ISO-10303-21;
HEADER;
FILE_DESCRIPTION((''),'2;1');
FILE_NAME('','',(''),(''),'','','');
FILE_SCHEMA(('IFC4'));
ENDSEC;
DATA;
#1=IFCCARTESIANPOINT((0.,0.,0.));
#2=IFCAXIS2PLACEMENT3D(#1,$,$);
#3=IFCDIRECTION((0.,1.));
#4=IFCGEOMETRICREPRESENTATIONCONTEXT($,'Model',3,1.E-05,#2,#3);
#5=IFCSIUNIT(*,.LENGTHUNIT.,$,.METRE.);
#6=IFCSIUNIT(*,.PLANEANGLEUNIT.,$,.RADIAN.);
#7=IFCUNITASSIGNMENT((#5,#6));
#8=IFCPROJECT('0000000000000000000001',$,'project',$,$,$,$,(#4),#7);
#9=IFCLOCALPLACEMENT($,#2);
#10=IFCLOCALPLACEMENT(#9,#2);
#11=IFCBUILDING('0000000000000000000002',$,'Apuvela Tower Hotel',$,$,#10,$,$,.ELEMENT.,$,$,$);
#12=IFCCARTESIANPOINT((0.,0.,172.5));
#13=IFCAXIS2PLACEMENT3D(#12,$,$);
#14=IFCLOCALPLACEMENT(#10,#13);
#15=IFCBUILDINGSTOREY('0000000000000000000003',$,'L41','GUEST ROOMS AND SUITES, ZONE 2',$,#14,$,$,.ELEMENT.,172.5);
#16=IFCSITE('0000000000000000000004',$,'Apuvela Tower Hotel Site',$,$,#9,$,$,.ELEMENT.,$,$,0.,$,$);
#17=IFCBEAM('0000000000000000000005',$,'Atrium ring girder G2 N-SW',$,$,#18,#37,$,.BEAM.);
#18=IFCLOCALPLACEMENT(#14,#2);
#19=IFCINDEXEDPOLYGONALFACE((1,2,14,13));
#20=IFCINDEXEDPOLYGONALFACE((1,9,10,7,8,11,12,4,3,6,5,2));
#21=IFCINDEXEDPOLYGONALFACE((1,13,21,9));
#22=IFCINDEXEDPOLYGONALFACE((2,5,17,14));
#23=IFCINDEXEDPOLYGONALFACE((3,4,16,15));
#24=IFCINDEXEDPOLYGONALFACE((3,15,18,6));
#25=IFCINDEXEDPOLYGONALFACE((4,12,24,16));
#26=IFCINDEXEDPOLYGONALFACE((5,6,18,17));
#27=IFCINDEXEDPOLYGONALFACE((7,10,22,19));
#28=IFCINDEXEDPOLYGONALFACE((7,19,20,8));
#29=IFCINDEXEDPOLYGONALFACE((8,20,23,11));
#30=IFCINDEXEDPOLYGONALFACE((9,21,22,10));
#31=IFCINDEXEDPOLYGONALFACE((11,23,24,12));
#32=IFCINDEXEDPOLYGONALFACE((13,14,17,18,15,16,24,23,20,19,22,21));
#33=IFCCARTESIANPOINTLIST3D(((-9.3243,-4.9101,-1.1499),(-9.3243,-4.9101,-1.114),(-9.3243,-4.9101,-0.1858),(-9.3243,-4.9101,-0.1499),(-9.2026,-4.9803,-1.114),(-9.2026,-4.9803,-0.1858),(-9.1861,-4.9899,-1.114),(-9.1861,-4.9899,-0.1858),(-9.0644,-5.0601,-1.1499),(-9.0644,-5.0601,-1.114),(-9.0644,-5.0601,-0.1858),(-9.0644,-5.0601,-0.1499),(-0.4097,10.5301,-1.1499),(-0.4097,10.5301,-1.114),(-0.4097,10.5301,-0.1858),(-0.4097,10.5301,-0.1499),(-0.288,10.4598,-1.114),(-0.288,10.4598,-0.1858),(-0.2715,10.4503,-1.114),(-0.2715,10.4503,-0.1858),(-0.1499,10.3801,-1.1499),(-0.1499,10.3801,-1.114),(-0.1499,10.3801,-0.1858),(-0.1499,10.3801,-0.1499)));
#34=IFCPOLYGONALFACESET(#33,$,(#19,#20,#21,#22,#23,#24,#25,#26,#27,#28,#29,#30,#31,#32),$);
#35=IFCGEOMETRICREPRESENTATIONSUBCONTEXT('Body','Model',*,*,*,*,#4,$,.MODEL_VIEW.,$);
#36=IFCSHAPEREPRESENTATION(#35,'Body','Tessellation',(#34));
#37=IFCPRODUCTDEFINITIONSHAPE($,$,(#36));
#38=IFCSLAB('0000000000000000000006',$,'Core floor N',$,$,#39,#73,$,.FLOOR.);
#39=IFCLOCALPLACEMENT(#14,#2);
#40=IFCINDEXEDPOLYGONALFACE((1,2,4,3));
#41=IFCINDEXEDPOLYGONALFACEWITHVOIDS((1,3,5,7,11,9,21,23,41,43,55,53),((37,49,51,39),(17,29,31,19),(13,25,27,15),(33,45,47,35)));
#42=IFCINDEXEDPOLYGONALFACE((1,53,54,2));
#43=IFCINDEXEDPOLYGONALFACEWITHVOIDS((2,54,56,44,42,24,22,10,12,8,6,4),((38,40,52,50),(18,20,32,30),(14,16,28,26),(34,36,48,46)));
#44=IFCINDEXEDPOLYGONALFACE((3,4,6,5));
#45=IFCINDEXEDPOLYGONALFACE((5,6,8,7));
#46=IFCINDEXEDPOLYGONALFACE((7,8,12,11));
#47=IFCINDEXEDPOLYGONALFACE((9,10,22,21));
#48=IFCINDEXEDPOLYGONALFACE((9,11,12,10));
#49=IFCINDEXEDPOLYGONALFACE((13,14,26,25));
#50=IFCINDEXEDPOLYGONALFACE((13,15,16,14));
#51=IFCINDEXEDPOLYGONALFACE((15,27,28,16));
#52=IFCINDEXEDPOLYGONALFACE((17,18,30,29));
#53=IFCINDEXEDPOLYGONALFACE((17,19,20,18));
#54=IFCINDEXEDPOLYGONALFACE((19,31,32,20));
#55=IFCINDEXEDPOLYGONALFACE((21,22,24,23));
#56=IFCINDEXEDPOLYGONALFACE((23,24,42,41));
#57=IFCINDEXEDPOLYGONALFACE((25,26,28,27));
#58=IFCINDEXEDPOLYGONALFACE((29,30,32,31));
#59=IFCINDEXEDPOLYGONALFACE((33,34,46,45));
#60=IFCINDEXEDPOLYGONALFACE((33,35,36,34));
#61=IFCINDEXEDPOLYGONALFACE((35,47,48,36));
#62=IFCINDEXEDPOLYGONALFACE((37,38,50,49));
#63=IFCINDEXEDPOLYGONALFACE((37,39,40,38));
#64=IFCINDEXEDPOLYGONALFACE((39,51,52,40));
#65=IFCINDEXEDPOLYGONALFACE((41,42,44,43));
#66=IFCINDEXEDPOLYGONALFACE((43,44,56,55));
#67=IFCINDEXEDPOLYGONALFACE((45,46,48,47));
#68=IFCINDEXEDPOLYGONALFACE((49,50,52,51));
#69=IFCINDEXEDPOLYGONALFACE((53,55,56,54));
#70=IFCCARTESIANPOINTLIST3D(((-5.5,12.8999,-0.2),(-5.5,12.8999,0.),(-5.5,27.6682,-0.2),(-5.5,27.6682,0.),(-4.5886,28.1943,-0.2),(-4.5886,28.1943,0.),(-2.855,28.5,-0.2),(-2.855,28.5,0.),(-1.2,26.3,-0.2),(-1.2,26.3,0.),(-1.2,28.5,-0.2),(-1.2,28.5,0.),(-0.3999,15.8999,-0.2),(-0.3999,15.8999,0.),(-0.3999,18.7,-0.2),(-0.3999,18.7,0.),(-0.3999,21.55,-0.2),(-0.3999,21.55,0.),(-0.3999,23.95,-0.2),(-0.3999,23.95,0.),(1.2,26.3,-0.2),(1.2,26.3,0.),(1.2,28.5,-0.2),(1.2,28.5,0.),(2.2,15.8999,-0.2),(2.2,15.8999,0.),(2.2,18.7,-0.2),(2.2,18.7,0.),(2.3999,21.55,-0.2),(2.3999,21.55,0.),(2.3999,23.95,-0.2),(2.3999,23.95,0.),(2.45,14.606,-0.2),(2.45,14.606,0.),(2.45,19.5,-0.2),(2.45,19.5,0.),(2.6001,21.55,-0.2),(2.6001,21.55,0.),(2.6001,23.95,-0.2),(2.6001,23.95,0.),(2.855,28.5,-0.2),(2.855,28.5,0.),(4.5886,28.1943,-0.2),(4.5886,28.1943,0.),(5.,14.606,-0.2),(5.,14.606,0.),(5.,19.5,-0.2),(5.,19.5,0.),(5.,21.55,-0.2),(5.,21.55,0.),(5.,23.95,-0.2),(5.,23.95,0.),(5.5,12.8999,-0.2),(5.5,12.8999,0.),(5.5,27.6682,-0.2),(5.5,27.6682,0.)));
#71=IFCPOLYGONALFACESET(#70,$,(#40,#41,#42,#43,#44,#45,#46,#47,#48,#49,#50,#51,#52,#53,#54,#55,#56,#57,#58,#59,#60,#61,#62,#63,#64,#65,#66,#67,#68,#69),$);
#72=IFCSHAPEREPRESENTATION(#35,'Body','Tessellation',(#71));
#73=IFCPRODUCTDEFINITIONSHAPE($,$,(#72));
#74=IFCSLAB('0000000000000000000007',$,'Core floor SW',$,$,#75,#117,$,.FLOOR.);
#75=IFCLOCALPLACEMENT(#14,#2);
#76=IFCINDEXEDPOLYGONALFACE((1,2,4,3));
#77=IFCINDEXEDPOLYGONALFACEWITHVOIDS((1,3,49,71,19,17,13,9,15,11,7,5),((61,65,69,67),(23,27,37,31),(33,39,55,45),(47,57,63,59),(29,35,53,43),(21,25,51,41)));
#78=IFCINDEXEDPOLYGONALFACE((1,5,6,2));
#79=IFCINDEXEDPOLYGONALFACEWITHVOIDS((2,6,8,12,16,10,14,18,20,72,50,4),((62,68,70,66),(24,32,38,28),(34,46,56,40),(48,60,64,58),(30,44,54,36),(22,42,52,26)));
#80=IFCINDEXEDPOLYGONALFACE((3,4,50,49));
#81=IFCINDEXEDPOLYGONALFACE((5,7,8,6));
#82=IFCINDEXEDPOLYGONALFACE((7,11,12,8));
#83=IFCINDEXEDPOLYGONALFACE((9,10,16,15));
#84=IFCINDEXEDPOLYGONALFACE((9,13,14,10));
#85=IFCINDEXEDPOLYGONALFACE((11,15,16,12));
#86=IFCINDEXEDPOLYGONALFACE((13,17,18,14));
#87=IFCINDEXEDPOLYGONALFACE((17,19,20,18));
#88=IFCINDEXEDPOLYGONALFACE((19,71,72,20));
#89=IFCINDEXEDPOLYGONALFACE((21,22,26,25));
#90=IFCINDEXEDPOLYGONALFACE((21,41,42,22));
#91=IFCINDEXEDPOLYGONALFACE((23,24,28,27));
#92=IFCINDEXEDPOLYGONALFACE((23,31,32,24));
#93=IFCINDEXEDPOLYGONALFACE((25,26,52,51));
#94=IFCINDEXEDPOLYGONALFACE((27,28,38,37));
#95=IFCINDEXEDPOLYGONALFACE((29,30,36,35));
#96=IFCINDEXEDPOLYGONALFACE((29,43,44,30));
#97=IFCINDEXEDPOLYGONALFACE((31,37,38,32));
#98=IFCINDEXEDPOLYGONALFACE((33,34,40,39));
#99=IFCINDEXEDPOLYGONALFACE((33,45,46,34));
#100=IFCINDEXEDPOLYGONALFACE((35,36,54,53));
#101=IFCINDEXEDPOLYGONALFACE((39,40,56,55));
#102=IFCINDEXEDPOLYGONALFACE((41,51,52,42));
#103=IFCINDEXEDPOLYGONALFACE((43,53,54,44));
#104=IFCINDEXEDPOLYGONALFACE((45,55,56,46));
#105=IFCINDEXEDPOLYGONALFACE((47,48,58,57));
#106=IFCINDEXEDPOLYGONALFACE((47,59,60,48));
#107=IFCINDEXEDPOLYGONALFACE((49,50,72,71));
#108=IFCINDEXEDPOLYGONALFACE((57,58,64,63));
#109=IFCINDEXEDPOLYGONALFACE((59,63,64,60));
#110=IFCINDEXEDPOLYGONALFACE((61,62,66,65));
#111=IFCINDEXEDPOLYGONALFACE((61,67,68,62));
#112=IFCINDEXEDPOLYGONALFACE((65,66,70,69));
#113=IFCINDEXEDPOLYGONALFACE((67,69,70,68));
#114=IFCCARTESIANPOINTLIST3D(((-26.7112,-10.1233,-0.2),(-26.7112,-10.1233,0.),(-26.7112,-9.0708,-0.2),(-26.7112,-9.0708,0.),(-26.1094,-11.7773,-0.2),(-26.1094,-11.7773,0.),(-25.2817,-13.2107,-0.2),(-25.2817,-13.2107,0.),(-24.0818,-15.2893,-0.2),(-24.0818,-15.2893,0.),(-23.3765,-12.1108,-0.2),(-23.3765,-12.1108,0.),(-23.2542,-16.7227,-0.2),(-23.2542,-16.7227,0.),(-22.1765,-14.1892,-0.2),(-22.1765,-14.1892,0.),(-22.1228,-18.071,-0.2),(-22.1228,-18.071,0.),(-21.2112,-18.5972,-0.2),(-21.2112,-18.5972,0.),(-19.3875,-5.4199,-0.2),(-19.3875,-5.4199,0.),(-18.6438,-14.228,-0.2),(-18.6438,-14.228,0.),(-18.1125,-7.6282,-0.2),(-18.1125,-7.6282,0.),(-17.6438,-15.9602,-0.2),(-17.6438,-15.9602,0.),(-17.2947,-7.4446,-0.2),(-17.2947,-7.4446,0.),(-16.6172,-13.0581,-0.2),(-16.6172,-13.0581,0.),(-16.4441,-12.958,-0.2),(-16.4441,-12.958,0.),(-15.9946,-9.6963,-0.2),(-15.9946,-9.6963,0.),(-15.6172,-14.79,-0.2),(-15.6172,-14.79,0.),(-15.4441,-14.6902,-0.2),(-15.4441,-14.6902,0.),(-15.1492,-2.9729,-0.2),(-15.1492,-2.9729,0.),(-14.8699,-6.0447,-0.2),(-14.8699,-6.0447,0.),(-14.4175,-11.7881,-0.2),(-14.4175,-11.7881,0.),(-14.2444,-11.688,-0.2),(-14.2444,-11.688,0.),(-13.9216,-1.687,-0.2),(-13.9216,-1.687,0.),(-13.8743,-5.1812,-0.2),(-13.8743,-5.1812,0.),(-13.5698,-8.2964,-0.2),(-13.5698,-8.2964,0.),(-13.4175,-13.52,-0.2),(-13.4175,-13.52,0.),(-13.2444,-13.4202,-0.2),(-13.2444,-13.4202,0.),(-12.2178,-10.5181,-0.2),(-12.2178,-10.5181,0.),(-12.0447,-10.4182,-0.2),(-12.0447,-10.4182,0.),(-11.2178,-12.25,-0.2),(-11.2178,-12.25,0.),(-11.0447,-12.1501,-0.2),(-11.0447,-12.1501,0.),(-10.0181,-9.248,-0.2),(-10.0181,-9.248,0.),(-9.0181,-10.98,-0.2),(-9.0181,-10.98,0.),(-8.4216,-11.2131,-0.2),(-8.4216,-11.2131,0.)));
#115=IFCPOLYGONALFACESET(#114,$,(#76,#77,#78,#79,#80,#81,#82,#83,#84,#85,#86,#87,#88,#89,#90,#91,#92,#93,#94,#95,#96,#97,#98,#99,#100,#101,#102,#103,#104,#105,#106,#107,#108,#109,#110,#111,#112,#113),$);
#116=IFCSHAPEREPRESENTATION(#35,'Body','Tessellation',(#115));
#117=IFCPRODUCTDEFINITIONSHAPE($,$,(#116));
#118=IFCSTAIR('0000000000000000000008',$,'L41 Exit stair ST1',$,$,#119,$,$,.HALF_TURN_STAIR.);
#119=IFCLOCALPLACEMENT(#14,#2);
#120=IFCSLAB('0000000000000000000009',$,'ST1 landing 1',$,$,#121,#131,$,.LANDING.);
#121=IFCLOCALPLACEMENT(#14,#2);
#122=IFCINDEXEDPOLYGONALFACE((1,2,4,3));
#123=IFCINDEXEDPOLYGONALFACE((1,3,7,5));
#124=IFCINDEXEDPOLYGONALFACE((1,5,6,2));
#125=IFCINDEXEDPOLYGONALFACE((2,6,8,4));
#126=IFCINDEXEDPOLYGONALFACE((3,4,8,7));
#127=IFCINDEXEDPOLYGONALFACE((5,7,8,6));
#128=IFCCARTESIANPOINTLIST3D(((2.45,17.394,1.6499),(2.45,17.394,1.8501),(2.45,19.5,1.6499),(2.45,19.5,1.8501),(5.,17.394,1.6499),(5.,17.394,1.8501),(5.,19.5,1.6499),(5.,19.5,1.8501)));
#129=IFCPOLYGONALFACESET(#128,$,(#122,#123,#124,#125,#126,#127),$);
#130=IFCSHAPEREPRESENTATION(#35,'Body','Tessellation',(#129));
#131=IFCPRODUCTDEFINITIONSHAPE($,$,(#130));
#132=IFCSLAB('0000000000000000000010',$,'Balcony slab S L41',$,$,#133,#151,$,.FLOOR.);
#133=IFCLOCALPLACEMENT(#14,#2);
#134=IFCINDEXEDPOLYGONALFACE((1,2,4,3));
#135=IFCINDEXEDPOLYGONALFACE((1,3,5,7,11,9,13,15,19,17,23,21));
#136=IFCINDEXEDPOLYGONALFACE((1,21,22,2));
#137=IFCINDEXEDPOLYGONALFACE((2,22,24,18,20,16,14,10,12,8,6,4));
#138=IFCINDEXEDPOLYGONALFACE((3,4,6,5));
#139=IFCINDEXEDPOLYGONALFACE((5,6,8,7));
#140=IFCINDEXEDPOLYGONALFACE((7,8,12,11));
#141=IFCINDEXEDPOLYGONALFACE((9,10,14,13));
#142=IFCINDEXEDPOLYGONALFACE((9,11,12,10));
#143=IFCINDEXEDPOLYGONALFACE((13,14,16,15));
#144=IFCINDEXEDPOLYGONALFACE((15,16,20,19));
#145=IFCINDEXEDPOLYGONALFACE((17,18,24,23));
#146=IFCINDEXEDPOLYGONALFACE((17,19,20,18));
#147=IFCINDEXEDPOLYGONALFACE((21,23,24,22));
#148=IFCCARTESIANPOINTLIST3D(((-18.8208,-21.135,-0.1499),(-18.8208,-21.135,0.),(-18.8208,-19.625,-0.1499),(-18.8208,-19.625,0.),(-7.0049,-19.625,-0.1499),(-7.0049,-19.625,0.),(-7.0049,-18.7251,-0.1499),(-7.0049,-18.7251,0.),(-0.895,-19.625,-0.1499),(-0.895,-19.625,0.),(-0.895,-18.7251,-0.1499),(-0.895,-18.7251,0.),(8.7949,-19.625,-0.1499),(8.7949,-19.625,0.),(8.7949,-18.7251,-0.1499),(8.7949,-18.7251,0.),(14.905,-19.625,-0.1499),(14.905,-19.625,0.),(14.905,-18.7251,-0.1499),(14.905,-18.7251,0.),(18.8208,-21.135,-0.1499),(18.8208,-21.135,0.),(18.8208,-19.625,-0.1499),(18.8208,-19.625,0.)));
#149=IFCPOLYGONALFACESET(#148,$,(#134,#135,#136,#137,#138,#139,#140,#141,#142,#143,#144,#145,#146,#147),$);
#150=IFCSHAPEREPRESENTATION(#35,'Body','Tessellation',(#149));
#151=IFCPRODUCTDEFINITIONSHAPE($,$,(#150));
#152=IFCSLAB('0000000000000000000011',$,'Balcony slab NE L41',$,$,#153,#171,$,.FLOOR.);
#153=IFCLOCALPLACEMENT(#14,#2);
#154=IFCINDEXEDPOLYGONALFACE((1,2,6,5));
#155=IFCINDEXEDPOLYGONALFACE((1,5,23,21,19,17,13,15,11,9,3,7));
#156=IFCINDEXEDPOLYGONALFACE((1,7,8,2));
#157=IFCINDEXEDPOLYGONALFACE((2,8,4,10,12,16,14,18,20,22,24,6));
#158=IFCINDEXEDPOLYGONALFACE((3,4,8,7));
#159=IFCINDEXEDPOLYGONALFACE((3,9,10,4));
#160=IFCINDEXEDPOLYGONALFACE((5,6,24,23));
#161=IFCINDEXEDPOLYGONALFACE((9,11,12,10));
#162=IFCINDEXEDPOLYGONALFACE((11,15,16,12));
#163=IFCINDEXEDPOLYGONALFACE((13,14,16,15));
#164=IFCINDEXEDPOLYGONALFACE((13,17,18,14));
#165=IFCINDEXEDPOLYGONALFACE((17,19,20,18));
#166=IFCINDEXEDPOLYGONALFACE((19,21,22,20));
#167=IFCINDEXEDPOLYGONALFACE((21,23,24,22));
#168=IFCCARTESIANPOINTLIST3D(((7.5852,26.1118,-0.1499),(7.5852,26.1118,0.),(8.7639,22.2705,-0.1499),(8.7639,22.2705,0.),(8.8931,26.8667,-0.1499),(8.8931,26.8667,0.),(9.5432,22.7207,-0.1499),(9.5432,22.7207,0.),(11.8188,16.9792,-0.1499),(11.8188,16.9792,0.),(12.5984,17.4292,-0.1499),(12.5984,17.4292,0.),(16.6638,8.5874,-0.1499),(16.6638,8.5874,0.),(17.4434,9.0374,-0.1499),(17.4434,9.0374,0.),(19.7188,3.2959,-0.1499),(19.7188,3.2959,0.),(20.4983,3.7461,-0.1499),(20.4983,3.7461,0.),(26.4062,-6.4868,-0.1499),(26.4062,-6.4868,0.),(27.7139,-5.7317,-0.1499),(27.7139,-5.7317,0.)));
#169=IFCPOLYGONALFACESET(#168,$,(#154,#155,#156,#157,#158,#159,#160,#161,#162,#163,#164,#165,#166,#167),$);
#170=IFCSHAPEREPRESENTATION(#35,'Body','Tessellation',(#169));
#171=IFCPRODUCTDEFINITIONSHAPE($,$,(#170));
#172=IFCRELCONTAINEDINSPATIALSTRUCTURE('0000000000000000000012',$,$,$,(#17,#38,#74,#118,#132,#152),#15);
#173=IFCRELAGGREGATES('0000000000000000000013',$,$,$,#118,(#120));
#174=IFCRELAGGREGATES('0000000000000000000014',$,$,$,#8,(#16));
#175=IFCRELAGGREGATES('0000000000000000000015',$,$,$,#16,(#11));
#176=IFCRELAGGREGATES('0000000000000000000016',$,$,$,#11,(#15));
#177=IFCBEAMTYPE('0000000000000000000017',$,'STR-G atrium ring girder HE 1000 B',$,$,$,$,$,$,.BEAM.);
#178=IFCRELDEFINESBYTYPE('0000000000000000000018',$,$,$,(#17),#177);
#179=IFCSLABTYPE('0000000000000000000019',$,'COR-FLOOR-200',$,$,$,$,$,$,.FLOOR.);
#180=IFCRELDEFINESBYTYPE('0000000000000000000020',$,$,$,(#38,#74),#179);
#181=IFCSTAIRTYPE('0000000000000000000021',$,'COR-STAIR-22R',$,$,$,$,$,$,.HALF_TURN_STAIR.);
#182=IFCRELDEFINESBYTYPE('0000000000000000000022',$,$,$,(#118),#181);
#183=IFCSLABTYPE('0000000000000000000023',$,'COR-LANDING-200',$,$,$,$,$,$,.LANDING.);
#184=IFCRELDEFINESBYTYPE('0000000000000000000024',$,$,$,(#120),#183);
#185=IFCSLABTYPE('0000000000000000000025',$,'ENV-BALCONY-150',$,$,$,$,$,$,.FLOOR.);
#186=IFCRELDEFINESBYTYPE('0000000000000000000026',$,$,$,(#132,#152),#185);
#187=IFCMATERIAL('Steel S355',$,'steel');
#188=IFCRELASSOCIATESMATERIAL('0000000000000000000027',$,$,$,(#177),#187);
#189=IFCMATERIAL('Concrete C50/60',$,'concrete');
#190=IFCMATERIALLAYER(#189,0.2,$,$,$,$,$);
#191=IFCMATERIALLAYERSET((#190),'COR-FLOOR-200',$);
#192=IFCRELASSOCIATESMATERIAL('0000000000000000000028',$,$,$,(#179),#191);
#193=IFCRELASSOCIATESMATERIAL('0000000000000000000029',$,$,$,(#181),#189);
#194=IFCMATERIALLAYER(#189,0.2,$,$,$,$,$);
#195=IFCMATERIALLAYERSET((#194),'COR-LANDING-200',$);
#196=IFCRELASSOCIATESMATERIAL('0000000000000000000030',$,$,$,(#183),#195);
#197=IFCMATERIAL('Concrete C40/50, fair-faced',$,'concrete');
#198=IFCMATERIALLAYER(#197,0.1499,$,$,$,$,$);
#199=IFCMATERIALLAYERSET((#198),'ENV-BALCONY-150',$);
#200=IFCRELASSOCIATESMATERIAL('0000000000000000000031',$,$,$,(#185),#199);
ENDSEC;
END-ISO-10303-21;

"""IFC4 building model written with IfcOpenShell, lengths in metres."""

from ifc_helpers import new_model, si_unit, direction, frame, origin, origin_2d, place, context, subcontext, project, spatial, polyline, i_section, outline, extrude, material, layer, layer_set, material_profile, profile_set, type_object, element, aggregate, save


model = new_model("IFC4")

# Units and contexts
model_context = context("Model", 3, precision=1e-05, world=origin(), true_north=direction((0.0, 1.0)))
body_context = subcontext(model_context, "Body", "Model", "MODEL_VIEW")
ifc_project = project(units=[si_unit("LENGTHUNIT", "METRE"), si_unit("PLANEANGLEUNIT", "RADIAN")], contexts=[model_context])

# Site, building, storey
site_placement = place(None, origin())
site = spatial("IfcSite", under=ifc_project, at=site_placement, Name="Apuvela Tower Hotel Site", CompositionType="ELEMENT", RefElevation=0.0)
building_placement = place(site_placement, origin())
building = spatial("IfcBuilding", under=site, at=building_placement, Name="Apuvela Tower Hotel", CompositionType="ELEMENT")
storey_placement = place(building_placement, frame((0.0, 0.0, 172.5)))
storey = spatial("IfcBuildingStorey", under=building, at=storey_placement, Name="L41", Description="GUEST ROOMS AND SUITES, ZONE 2", CompositionType="ELEMENT", Elevation=172.5)

# Beam
ifc_material_1 = material(Name="Steel S355", Category="steel")
ifc_material_profile = material_profile(ifc_material_1, i_section(OverallWidth=0.3, OverallDepth=1.0, WebThickness=0.019, FlangeThickness=0.0359, at=origin_2d()), Name="HE 1000 B")
ifc_profile_set = profile_set([ifc_material_profile], Name="Steel S355")
beam_type = type_object("IfcBeamType", Name="STR-G atrium ring girder HE 1000 B", PredefinedType="BEAM", material=ifc_profile_set)
beam_placement = place(storey_placement, frame((-0.2798, 10.4551, -0.6499), z_axis=(-0.500007, -0.866022, 0.0), x_axis=(0.866022, -0.500007, 0.0)))
element("IfcBeam", 1, at=beam_placement, inside=storey, type_object=beam_type, Name="Atrium ring girder G2 N-SW", PredefinedType="BEAM", context=body_context, shape_type="SweptSolid", body=[
    extrude(i_section(OverallWidth=0.3, OverallDepth=1.0, WebThickness=0.019, FlangeThickness=0.0359, at=origin_2d()), origin(), (0.0, 0.0, 1.0), 17.8289),
])

# Slabs
ifc_material_2 = material(Name="Concrete C50/60", Category="concrete")
ifc_layer_1 = layer(ifc_material_2, 0.2)
ifc_layer_set_1 = layer_set([ifc_layer_1], Name="COR-FLOOR-200")
slab_type_1 = type_object("IfcSlabType", Name="COR-FLOOR-200", PredefinedType="FLOOR", material=ifc_layer_set_1)
slab_1_placement = place(storey_placement, frame((0.0, 0.0, -0.2)))
element("IfcSlab", 2, at=slab_1_placement, inside=storey, type_object=slab_type_1, Name="Core floor N", PredefinedType="FLOOR", context=body_context, shape_type="SweptSolid", body=[
    extrude(outline(polyline([(5.5, 27.6682), (4.5886, 28.1943), (2.855, 28.5), (1.2, 28.5), (1.2, 26.3), (-1.2, 26.3), (-1.2, 28.5), (-2.855, 28.5), (-4.5886, 28.1943), (-5.5, 27.6682), (-5.5, 12.8999), (5.5, 12.8999), (5.5, 27.6682)]), holes=[polyline([(5.0, 14.606), (2.45, 14.606), (2.45, 19.5), (5.0, 19.5), (5.0, 14.606)]), polyline([(2.2, 15.8999), (-0.3999, 15.8999), (-0.3999, 18.7), (2.2, 18.7), (2.2, 15.8999)]), polyline([(5.0, 21.55), (2.6001, 21.55), (2.6001, 23.95), (5.0, 23.95), (5.0, 21.55)]), polyline([(2.3999, 21.55), (-0.3999, 21.55), (-0.3999, 23.95), (2.3999, 23.95), (2.3999, 21.55)])]), origin(), (0.0, 0.0, 1.0), 0.2),
])
slab_2_placement = place(storey_placement, frame((0.0, 0.0, -0.2)))
element("IfcSlab", 3, at=slab_2_placement, inside=storey, type_object=slab_type_1, Name="Core floor SW", PredefinedType="FLOOR", context=body_context, shape_type="SweptSolid", body=[
    extrude(outline(polyline([(-26.7112, -9.0708), (-26.7112, -10.1233), (-26.1094, -11.7773), (-25.2817, -13.2107), (-23.3765, -12.1108), (-22.1765, -14.1892), (-24.0818, -15.2893), (-23.2542, -16.7227), (-22.1228, -18.071), (-21.2112, -18.5972), (-8.4216, -11.2131), (-13.9216, -1.687), (-26.7112, -9.0708)]), holes=[polyline([(-10.0181, -9.248), (-9.0181, -10.98), (-11.0447, -12.1501), (-12.0447, -10.4182), (-10.0181, -9.248)]), polyline([(-14.2444, -11.688), (-12.2178, -10.5181), (-11.2178, -12.25), (-13.2444, -13.4202), (-14.2444, -11.688)]), polyline([(-19.3875, -5.4199), (-15.1492, -2.9729), (-13.8743, -5.1812), (-18.1125, -7.6282), (-19.3875, -5.4199)]), polyline([(-14.8699, -6.0447), (-13.5698, -8.2964), (-15.9946, -9.6963), (-17.2947, -7.4446), (-14.8699, -6.0447)]), polyline([(-16.4441, -12.958), (-14.4175, -11.7881), (-13.4175, -13.52), (-15.4441, -14.6902), (-16.4441, -12.958)]), polyline([(-18.6438, -14.228), (-16.6172, -13.0581), (-15.6172, -14.79), (-17.6438, -15.9602), (-18.6438, -14.228)])]), origin(), (0.0, 0.0, 1.0), 0.2),
])

# Stair, slab
stair_type = type_object("IfcStairType", Name="COR-STAIR-22R", PredefinedType="HALF_TURN_STAIR", material=ifc_material_2)
stair_placement = place(storey_placement, origin())
stair = element("IfcStair", 4, at=stair_placement, inside=storey, type_object=stair_type, Name="L41 Exit stair ST1", PredefinedType="HALF_TURN_STAIR")
ifc_layer_2 = layer(ifc_material_2, 0.2)
ifc_layer_set_2 = layer_set([ifc_layer_2], Name="COR-LANDING-200")
slab_type_2 = type_object("IfcSlabType", Name="COR-LANDING-200", PredefinedType="LANDING", material=ifc_layer_set_2)
slab_3_placement = place(storey_placement, frame((0.0, 0.0, 1.6499)))
slab_3 = element("IfcSlab", 5, at=slab_3_placement, type_object=slab_type_2, Name="ST1 landing 1", PredefinedType="LANDING", context=body_context, shape_type="SweptSolid", body=[
    extrude(outline(polyline([(5.0, 17.394), (5.0, 19.5), (2.45, 19.5), (2.45, 17.394), (5.0, 17.394)])), origin(), (0.0, 0.0, 1.0), 0.2002),
])
aggregate(stair, [slab_3])

# Slabs
ifc_material_3 = material(Name="Concrete C40/50, fair-faced", Category="concrete")
ifc_layer_3 = layer(ifc_material_3, 0.1499)
ifc_layer_set_3 = layer_set([ifc_layer_3], Name="ENV-BALCONY-150")
slab_type_3 = type_object("IfcSlabType", Name="ENV-BALCONY-150", PredefinedType="FLOOR", material=ifc_layer_set_3)
slab_4_placement = place(storey_placement, frame((0.0, 0.0, -0.1499)))
element("IfcSlab", 6, at=slab_4_placement, inside=storey, type_object=slab_type_3, Name="Balcony slab S L41", PredefinedType="FLOOR", context=body_context, shape_type="SweptSolid", body=[
    extrude(outline(polyline([(18.8208, -21.135), (-18.8208, -21.135), (-18.8208, -19.625), (-7.0049, -19.625), (-7.0049, -18.7251), (-0.895, -18.7251), (-0.895, -19.625), (8.7949, -19.625), (8.7949, -18.7251), (14.905, -18.7251), (14.905, -19.625), (18.8208, -19.625), (18.8208, -21.135)])), origin(), (0.0, 0.0, 1.0), 0.1499),
])
slab_5_placement = place(storey_placement, frame((0.0, 0.0, -0.1499)))
element("IfcSlab", 7, at=slab_5_placement, inside=storey, type_object=slab_type_3, Name="Balcony slab NE L41", PredefinedType="FLOOR", context=body_context, shape_type="SweptSolid", body=[
    extrude(outline(polyline([(17.4434, 9.0374), (12.5984, 17.4292), (11.8188, 16.9792), (8.7639, 22.2705), (9.5432, 22.7207), (7.5852, 26.1118), (8.8931, 26.8667), (27.7139, -5.7317), (26.4062, -6.4868), (20.4983, 3.7461), (19.7188, 3.2959), (16.6638, 8.5874), (17.4434, 9.0374)])), origin(), (0.0, 0.0, 1.0), 0.1499),
])

save(model, "model.ifc")
